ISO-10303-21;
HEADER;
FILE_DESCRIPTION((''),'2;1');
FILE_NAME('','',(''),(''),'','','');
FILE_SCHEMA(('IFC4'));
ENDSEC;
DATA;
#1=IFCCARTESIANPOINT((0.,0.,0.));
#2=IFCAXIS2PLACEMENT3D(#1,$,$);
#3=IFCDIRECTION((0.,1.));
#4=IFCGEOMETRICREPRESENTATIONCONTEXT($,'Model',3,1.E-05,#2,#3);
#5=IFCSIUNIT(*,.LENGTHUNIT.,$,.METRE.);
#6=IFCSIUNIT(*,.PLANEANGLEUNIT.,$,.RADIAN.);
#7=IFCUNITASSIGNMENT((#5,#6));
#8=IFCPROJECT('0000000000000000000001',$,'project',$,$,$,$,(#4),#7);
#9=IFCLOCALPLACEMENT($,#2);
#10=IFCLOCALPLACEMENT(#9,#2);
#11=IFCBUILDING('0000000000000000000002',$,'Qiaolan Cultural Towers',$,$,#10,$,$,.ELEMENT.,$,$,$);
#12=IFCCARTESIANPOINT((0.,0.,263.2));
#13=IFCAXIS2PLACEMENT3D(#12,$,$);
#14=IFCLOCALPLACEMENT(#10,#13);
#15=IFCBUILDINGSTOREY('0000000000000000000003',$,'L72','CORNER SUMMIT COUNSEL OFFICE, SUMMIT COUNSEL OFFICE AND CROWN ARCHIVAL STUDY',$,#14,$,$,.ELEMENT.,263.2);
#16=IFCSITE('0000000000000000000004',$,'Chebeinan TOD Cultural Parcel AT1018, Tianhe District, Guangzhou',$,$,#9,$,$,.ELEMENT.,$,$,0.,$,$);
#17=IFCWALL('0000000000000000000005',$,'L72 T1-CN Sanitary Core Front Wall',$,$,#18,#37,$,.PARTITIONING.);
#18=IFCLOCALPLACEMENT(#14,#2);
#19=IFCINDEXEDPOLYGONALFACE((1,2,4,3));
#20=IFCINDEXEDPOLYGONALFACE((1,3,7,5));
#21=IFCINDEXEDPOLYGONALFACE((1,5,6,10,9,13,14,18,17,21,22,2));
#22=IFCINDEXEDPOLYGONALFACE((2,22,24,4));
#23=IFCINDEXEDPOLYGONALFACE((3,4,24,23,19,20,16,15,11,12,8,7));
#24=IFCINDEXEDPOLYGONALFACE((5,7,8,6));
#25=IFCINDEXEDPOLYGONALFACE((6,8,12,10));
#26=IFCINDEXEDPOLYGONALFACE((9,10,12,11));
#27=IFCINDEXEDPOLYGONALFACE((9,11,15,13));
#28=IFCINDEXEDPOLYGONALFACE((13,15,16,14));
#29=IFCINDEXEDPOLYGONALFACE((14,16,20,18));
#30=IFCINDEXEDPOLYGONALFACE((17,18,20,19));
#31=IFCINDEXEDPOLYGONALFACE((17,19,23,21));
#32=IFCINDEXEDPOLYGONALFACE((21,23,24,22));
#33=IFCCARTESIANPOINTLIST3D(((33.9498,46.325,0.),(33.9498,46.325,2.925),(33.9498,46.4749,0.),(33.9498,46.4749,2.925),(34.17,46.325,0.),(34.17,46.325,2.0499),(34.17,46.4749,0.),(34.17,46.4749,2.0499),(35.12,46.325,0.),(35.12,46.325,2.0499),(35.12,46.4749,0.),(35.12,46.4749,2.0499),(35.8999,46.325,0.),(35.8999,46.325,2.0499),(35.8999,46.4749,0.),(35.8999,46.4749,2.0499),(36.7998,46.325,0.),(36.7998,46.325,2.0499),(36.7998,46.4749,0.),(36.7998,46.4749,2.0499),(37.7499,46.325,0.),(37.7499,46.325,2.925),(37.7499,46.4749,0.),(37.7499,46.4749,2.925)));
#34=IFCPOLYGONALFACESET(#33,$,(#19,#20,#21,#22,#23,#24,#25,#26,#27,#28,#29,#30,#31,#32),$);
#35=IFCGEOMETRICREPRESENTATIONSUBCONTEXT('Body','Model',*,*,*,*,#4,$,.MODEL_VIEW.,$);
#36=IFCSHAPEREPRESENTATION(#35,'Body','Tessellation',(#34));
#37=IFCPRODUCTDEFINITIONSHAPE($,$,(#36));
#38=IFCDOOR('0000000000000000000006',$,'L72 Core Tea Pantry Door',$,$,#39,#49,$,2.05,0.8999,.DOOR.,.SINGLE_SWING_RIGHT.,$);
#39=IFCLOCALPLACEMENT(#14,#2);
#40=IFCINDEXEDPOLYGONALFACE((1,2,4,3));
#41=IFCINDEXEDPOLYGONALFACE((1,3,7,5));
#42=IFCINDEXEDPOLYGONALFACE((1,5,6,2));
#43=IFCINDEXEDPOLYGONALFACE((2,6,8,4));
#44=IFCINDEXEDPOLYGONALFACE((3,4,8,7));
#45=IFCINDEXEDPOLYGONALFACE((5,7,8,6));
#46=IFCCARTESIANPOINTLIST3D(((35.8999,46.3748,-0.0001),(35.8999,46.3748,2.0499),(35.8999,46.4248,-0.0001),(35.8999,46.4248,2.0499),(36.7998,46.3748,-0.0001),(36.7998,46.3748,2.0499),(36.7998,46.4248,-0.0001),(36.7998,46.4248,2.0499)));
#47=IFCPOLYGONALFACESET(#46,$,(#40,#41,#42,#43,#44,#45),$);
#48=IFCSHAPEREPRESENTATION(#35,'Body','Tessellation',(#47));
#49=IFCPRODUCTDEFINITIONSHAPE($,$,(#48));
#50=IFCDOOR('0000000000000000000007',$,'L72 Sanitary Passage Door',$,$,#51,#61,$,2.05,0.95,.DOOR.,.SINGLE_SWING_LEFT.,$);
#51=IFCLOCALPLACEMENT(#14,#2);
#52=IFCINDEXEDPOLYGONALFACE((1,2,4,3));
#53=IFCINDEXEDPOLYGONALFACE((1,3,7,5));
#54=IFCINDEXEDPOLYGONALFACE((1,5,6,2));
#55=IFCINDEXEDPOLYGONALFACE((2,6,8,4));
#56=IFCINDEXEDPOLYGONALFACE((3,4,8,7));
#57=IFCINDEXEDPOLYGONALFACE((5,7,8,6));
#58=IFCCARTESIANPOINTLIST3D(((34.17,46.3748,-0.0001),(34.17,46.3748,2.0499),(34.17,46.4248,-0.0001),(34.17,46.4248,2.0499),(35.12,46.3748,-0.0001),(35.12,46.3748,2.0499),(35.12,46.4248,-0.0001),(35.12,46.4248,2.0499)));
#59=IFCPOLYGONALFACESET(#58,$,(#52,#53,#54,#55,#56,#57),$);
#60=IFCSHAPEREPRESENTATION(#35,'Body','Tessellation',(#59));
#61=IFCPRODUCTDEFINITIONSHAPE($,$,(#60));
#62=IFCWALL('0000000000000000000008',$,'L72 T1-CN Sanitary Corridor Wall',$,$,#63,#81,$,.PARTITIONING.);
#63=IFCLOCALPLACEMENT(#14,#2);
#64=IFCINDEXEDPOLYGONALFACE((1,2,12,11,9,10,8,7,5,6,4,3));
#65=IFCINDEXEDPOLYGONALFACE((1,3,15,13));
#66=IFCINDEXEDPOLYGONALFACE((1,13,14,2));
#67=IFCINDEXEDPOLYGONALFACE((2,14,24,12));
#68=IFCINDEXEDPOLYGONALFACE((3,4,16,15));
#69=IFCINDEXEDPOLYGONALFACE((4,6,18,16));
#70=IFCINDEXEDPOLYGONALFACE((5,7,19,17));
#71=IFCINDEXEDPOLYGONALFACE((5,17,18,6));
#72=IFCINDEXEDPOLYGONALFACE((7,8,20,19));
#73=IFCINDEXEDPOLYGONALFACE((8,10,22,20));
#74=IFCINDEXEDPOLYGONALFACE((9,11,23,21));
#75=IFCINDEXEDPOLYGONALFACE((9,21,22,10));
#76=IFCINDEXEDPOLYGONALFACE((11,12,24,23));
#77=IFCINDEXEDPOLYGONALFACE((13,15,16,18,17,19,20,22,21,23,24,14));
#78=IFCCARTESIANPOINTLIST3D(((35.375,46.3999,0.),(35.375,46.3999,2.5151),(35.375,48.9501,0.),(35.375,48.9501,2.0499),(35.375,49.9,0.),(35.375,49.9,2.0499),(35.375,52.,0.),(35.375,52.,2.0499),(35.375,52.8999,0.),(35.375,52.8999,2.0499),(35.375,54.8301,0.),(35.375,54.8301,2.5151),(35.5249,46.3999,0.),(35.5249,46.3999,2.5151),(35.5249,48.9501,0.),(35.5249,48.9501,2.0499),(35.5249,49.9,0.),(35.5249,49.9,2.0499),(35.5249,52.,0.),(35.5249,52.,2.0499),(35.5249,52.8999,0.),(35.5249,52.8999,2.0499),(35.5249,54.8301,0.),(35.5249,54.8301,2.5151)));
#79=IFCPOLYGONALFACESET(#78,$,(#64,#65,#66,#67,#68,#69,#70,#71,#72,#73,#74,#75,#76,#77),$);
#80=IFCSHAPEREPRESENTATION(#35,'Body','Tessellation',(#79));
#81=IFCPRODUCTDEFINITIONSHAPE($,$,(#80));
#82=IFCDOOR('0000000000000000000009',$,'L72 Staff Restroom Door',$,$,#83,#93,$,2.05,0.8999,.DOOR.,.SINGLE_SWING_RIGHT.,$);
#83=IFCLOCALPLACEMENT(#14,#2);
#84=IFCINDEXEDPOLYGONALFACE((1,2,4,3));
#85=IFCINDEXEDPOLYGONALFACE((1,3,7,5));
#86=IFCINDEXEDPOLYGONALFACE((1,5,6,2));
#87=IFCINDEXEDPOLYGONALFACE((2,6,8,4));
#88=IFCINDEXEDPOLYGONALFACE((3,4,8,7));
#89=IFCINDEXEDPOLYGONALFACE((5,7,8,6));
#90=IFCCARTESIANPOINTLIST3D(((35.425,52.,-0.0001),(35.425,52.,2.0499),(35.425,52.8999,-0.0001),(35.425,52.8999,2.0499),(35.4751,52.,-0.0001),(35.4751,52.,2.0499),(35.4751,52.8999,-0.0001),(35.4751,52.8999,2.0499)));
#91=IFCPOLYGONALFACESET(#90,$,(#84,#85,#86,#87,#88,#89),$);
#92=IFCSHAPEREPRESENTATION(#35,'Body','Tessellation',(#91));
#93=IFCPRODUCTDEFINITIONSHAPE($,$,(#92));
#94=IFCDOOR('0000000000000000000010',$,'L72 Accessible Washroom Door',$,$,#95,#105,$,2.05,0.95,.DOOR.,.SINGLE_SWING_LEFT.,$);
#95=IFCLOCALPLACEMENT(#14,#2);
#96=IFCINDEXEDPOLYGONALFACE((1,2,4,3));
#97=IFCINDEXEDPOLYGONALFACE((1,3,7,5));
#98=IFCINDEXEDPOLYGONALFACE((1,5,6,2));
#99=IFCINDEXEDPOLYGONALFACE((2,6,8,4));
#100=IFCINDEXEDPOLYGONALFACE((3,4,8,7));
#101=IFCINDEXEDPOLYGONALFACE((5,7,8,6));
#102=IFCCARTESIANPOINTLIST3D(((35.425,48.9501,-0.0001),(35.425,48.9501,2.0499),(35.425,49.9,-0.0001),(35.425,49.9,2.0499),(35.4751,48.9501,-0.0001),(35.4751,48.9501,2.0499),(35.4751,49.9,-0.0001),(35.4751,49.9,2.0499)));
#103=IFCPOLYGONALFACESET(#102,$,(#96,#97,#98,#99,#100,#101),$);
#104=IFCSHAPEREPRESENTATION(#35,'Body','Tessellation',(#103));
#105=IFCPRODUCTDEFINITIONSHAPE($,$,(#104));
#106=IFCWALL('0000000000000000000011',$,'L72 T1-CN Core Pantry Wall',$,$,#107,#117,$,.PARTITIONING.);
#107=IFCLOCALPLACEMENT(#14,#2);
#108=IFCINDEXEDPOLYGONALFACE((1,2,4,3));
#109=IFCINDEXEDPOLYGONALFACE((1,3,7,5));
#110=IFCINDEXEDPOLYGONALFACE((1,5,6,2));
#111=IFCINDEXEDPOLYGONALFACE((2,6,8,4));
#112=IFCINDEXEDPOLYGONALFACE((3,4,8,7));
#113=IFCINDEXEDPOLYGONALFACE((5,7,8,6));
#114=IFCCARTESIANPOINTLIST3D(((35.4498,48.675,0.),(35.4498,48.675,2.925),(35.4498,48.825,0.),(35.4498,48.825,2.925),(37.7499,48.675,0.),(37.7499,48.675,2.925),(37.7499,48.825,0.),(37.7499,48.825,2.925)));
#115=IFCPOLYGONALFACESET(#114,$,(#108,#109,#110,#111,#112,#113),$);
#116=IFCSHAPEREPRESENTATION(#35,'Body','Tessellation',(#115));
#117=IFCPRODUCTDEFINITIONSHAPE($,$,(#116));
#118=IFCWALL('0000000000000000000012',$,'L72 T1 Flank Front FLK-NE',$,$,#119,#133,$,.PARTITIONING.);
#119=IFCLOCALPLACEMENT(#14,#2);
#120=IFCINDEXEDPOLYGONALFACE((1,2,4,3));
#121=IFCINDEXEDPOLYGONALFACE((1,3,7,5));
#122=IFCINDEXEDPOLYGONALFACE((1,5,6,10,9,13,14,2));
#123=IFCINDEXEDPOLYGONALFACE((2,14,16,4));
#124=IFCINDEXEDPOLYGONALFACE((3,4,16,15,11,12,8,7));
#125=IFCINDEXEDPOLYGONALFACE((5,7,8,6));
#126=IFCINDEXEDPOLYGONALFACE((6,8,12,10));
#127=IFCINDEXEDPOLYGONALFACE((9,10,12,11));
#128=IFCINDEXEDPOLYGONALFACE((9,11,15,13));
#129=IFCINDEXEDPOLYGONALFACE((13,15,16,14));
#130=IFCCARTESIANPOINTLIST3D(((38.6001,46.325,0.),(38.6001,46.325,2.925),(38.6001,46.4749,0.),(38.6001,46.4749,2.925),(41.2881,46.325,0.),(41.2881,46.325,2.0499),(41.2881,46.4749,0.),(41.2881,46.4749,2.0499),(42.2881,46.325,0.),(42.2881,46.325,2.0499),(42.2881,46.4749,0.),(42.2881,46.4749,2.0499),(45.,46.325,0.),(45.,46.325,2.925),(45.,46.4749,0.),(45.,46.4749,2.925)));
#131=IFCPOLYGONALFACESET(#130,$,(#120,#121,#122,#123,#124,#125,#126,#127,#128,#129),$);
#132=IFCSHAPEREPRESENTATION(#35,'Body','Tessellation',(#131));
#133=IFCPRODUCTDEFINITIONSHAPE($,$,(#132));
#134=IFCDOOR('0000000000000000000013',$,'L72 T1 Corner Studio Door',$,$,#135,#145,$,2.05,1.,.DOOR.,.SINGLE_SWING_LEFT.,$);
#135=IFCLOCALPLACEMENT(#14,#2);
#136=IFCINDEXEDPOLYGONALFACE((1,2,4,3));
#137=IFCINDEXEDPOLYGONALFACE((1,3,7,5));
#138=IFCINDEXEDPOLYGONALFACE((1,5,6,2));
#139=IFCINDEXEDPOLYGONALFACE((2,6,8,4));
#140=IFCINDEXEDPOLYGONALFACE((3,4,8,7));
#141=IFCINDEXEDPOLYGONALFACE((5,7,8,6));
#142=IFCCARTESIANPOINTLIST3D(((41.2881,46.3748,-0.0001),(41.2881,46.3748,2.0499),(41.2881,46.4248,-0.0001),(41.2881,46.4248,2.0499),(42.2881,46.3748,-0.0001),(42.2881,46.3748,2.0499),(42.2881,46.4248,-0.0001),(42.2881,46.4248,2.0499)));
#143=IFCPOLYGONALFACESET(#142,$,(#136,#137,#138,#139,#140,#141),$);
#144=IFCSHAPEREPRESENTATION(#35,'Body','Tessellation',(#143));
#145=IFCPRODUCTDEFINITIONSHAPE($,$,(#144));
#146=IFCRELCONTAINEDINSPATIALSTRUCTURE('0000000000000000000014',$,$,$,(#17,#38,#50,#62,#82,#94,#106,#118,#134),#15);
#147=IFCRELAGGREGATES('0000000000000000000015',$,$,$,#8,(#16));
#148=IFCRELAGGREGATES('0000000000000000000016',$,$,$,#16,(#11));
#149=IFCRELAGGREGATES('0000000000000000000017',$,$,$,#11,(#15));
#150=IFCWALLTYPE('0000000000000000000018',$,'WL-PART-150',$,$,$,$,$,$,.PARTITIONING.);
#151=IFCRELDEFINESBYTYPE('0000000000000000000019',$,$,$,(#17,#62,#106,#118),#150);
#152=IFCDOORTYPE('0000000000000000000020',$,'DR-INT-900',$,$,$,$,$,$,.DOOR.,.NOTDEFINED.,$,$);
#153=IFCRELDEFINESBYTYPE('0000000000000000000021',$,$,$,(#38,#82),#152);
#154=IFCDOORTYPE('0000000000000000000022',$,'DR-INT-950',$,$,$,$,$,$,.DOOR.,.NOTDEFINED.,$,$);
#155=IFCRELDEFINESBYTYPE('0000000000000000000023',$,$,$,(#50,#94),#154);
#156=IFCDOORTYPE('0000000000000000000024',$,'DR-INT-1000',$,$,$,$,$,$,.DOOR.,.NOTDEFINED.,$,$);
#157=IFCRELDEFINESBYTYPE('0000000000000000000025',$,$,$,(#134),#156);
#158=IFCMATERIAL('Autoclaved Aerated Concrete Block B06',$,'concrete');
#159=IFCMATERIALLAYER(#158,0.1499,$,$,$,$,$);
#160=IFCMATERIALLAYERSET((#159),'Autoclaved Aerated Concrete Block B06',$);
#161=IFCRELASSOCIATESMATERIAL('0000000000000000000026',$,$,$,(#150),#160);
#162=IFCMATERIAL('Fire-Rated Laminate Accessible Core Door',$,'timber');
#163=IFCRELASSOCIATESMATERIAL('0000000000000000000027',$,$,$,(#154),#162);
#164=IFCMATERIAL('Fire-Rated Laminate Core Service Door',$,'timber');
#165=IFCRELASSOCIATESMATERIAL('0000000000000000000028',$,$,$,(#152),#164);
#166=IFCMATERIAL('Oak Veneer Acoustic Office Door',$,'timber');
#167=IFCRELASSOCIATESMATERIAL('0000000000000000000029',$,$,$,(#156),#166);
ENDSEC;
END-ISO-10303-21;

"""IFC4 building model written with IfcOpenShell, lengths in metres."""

from ifc_helpers import new_model, si_unit, direction, frame, frame_2d, origin, place, context, subcontext, project, spatial, rectangle, extrude, material, layer, layer_set, type_object, element, fill, save


model = new_model("IFC4")

# Units and contexts
model_context = context("Model", 3, precision=1e-05, world=origin(), true_north=direction((0.0, 1.0)))
body_context = subcontext(model_context, "Body", "Model", "MODEL_VIEW")
ifc_project = project(units=[si_unit("LENGTHUNIT", "METRE"), si_unit("PLANEANGLEUNIT", "RADIAN")], contexts=[model_context])

# Site, building, storey
site_placement = place(None, origin())
site = spatial("IfcSite", under=ifc_project, at=site_placement, Name="Chebeinan TOD Cultural Parcel AT1018, Tianhe District, Guangzhou", CompositionType="ELEMENT", RefElevation=0.0)
building_placement = place(site_placement, origin())
building = spatial("IfcBuilding", under=site, at=building_placement, Name="Qiaolan Cultural Towers", CompositionType="ELEMENT")
storey_placement = place(building_placement, frame((0.0, 0.0, 263.2)))
storey = spatial("IfcBuildingStorey", under=building, at=storey_placement, Name="L72", Description="CORNER SUMMIT COUNSEL OFFICE, SUMMIT COUNSEL OFFICE AND CROWN ARCHIVAL STUDY", CompositionType="ELEMENT", Elevation=263.2)

# Shared definitions
ifc_material_1 = material(Name="Autoclaved Aerated Concrete Block B06", Category="concrete")
ifc_layer_1 = layer(ifc_material_1, 0.1499)
ifc_layer_set_1 = layer_set([ifc_layer_1], Name="Autoclaved Aerated Concrete Block B06")
wall_type_1 = type_object("IfcWallType", Name="WL-PART-150", PredefinedType="PARTITIONING", material=ifc_layer_set_1)
ifc_material_2 = material(Name="Fire-Rated Laminate Accessible Core Door", Category="timber")
door_type_1 = type_object("IfcDoorType", Name="DR-INT-950", OperationType="NOTDEFINED", PredefinedType="DOOR", material=ifc_material_2)

# Shared definitions
ifc_material_3 = material(Name="Fire-Rated Laminate Core Service Door", Category="timber")
door_type_2 = type_object("IfcDoorType", Name="DR-INT-900", OperationType="NOTDEFINED", PredefinedType="DOOR", material=ifc_material_3)

# Walls, openings, doors
wall_1_placement = place(storey_placement, frame((33.95, 46.3999, 0.0), z_axis=(0.0, 0.0, 1.0), x_axis=(1.0, 0.0, 0.0)))
wall_1 = element("IfcWall", 1, at=wall_1_placement, inside=storey, type_object=wall_type_1, Name="L72 T1-CN Sanitary Core Front Wall", PredefinedType="PARTITIONING", context=body_context, shape_type="SweptSolid", body=[
    extrude(rectangle(XDim=3.8, YDim=0.1499, at=frame_2d((1.8999, 0.0))), origin(), (0.0, 0.0, 1.0), 2.925),
])
opening_1_placement = place(wall_1_placement, frame((0.22, 0.0, 0.0)))
opening_1 = element("IfcOpeningElement", 2, at=opening_1_placement, cuts=wall_1, PredefinedType="OPENING", context=body_context, shape_type="SweptSolid", body=[
    extrude(rectangle(XDim=0.95, YDim=2.05, at=frame_2d((0.4751, 1.0249))), frame((0.0, 0.085, 0.0), z_axis=(0.0, -1.0, 0.0), x_axis=(1.0, 0.0, 0.0)), (0.0, 0.0, 1.0), 0.1699),
])
opening_2_placement = place(wall_1_placement, frame((1.95, 0.0, 0.0)))
opening_2 = element("IfcOpeningElement", 3, at=opening_2_placement, cuts=wall_1, PredefinedType="OPENING", context=body_context, shape_type="SweptSolid", body=[
    extrude(rectangle(XDim=0.8999, YDim=2.05, at=frame_2d((0.45, 1.0249))), frame((0.0, 0.085, 0.0), z_axis=(0.0, -1.0, 0.0), x_axis=(1.0, 0.0, 0.0)), (0.0, 0.0, 1.0), 0.1699),
])
door_1_placement = place(opening_2_placement, origin())
door_1 = element("IfcDoor", 4, at=door_1_placement, inside=storey, type_object=door_type_2, Name="L72 Core Tea Pantry Door", OperationType="SINGLE_SWING_RIGHT", OverallHeight=2.05, OverallWidth=0.8999, PredefinedType="DOOR", context=body_context, shape_type="SweptSolid", body=[
    extrude(rectangle(XDim=0.8999, YDim=2.05, at=frame_2d((0.45, 1.0249))), frame((0.0, 0.0249, 0.0), z_axis=(0.0, -1.0, 0.0), x_axis=(1.0, 0.0, 0.0)), (0.0, 0.0, 1.0), 0.05),
])
fill(opening_2, door_1)
door_2_placement = place(opening_1_placement, origin())
door_2 = element("IfcDoor", 5, at=door_2_placement, inside=storey, type_object=door_type_1, Name="L72 Sanitary Passage Door", OperationType="SINGLE_SWING_LEFT", OverallHeight=2.05, OverallWidth=0.95, PredefinedType="DOOR", context=body_context, shape_type="SweptSolid", body=[
    extrude(rectangle(XDim=0.95, YDim=2.05, at=frame_2d((0.4751, 1.0249))), frame((0.0, 0.0249, 0.0), z_axis=(0.0, -1.0, 0.0), x_axis=(1.0, 0.0, 0.0)), (0.0, 0.0, 1.0), 0.05),
])
fill(opening_1, door_2)
wall_2_placement = place(storey_placement, frame((35.45, 46.3999, 0.0), z_axis=(0.0, 0.0, 1.0), x_axis=(0.0, 1.0, 0.0)))
wall_2 = element("IfcWall", 6, at=wall_2_placement, inside=storey, type_object=wall_type_1, Name="L72 T1-CN Sanitary Corridor Wall", PredefinedType="PARTITIONING", context=body_context, shape_type="SweptSolid", body=[
    extrude(rectangle(XDim=8.4302, YDim=0.1499, at=frame_2d((4.2151, 0.0))), origin(), (0.0, 0.0, 1.0), 2.5151),
])
opening_3_placement = place(wall_2_placement, frame((2.55, 0.0, 0.0)))
opening_3 = element("IfcOpeningElement", 7, at=opening_3_placement, cuts=wall_2, PredefinedType="OPENING", context=body_context, shape_type="SweptSolid", body=[
    extrude(rectangle(XDim=0.95, YDim=2.05, at=frame_2d((0.4751, 1.0249))), frame((0.0, 0.085, 0.0), z_axis=(0.0, -1.0, 0.0), x_axis=(1.0, 0.0, 0.0)), (0.0, 0.0, 1.0), 0.1699),
])
opening_4_placement = place(wall_2_placement, frame((5.6001, 0.0, 0.0)))
opening_4 = element("IfcOpeningElement", 8, at=opening_4_placement, cuts=wall_2, PredefinedType="OPENING", context=body_context, shape_type="SweptSolid", body=[
    extrude(rectangle(XDim=0.8999, YDim=2.05, at=frame_2d((0.45, 1.0249))), frame((0.0, 0.085, 0.0), z_axis=(0.0, -1.0, 0.0), x_axis=(1.0, 0.0, 0.0)), (0.0, 0.0, 1.0), 0.1699),
])
door_3_placement = place(opening_4_placement, origin())
door_3 = element("IfcDoor", 9, at=door_3_placement, inside=storey, type_object=door_type_2, Name="L72 Staff Restroom Door", OperationType="SINGLE_SWING_RIGHT", OverallHeight=2.05, OverallWidth=0.8999, PredefinedType="DOOR", context=body_context, shape_type="SweptSolid", body=[
    extrude(rectangle(XDim=0.8999, YDim=2.05, at=frame_2d((0.45, 1.0249))), frame((0.0, 0.0249, 0.0), z_axis=(0.0, -1.0, 0.0), x_axis=(1.0, 0.0, 0.0)), (0.0, 0.0, 1.0), 0.05),
])
fill(opening_4, door_3)
door_4_placement = place(opening_3_placement, origin())
door_4 = element("IfcDoor", 10, at=door_4_placement, inside=storey, type_object=door_type_1, Name="L72 Accessible Washroom Door", OperationType="SINGLE_SWING_LEFT", OverallHeight=2.05, OverallWidth=0.95, PredefinedType="DOOR", context=body_context, shape_type="SweptSolid", body=[
    extrude(rectangle(XDim=0.95, YDim=2.05, at=frame_2d((0.4751, 1.0249))), frame((0.0, 0.0249, 0.0), z_axis=(0.0, -1.0, 0.0), x_axis=(1.0, 0.0, 0.0)), (0.0, 0.0, 1.0), 0.05),
])
fill(opening_3, door_4)

# Wall
wall_3_placement = place(storey_placement, frame((35.45, 48.75, 0.0), z_axis=(0.0, 0.0, 1.0), x_axis=(1.0, 0.0, 0.0)))
element("IfcWall", 11, at=wall_3_placement, inside=storey, type_object=wall_type_1, Name="L72 T1-CN Core Pantry Wall", PredefinedType="PARTITIONING", context=body_context, shape_type="SweptSolid", body=[
    extrude(rectangle(XDim=2.3, YDim=0.1499, at=frame_2d((1.1499, 0.0))), origin(), (0.0, 0.0, 1.0), 2.925),
])

# Wall, opening, door
wall_4_placement = place(storey_placement, frame((38.6001, 46.3999, 0.0), z_axis=(0.0, 0.0, 1.0), x_axis=(1.0, 0.0, 0.0)))
wall_4 = element("IfcWall", 12, at=wall_4_placement, inside=storey, type_object=wall_type_1, Name="L72 T1 Flank Front FLK-NE", PredefinedType="PARTITIONING", context=body_context, shape_type="SweptSolid", body=[
    extrude(rectangle(XDim=6.3999, YDim=0.1499, at=frame_2d((3.2, 0.0))), origin(), (0.0, 0.0, 1.0), 2.925),
])
opening_5_placement = place(wall_4_placement, frame((2.688, 0.0, 0.0)))
opening_5 = element("IfcOpeningElement", 13, at=opening_5_placement, cuts=wall_4, PredefinedType="OPENING", context=body_context, shape_type="SweptSolid", body=[
    extrude(rectangle(XDim=1.0, YDim=2.05, at=frame_2d((0.5, 1.0249))), frame((0.0, 0.085, 0.0), z_axis=(0.0, -1.0, 0.0), x_axis=(1.0, 0.0, 0.0)), (0.0, 0.0, 1.0), 0.1699),
])
ifc_material_4 = material(Name="Oak Veneer Acoustic Office Door", Category="timber")
door_type_3 = type_object("IfcDoorType", Name="DR-INT-1000", OperationType="NOTDEFINED", PredefinedType="DOOR", material=ifc_material_4)
door_5_placement = place(opening_5_placement, origin())
door_5 = element("IfcDoor", 14, at=door_5_placement, inside=storey, type_object=door_type_3, Name="L72 T1 Corner Studio Door", OperationType="SINGLE_SWING_LEFT", OverallHeight=2.05, OverallWidth=1.0, PredefinedType="DOOR", context=body_context, shape_type="SweptSolid", body=[
    extrude(rectangle(XDim=1.0, YDim=2.05, at=frame_2d((0.5, 1.0249))), frame((0.0, 0.0249, 0.0), z_axis=(0.0, -1.0, 0.0), x_axis=(1.0, 0.0, 0.0)), (0.0, 0.0, 1.0), 0.05),
])
fill(opening_5, door_5)

save(model, "model.ifc")
